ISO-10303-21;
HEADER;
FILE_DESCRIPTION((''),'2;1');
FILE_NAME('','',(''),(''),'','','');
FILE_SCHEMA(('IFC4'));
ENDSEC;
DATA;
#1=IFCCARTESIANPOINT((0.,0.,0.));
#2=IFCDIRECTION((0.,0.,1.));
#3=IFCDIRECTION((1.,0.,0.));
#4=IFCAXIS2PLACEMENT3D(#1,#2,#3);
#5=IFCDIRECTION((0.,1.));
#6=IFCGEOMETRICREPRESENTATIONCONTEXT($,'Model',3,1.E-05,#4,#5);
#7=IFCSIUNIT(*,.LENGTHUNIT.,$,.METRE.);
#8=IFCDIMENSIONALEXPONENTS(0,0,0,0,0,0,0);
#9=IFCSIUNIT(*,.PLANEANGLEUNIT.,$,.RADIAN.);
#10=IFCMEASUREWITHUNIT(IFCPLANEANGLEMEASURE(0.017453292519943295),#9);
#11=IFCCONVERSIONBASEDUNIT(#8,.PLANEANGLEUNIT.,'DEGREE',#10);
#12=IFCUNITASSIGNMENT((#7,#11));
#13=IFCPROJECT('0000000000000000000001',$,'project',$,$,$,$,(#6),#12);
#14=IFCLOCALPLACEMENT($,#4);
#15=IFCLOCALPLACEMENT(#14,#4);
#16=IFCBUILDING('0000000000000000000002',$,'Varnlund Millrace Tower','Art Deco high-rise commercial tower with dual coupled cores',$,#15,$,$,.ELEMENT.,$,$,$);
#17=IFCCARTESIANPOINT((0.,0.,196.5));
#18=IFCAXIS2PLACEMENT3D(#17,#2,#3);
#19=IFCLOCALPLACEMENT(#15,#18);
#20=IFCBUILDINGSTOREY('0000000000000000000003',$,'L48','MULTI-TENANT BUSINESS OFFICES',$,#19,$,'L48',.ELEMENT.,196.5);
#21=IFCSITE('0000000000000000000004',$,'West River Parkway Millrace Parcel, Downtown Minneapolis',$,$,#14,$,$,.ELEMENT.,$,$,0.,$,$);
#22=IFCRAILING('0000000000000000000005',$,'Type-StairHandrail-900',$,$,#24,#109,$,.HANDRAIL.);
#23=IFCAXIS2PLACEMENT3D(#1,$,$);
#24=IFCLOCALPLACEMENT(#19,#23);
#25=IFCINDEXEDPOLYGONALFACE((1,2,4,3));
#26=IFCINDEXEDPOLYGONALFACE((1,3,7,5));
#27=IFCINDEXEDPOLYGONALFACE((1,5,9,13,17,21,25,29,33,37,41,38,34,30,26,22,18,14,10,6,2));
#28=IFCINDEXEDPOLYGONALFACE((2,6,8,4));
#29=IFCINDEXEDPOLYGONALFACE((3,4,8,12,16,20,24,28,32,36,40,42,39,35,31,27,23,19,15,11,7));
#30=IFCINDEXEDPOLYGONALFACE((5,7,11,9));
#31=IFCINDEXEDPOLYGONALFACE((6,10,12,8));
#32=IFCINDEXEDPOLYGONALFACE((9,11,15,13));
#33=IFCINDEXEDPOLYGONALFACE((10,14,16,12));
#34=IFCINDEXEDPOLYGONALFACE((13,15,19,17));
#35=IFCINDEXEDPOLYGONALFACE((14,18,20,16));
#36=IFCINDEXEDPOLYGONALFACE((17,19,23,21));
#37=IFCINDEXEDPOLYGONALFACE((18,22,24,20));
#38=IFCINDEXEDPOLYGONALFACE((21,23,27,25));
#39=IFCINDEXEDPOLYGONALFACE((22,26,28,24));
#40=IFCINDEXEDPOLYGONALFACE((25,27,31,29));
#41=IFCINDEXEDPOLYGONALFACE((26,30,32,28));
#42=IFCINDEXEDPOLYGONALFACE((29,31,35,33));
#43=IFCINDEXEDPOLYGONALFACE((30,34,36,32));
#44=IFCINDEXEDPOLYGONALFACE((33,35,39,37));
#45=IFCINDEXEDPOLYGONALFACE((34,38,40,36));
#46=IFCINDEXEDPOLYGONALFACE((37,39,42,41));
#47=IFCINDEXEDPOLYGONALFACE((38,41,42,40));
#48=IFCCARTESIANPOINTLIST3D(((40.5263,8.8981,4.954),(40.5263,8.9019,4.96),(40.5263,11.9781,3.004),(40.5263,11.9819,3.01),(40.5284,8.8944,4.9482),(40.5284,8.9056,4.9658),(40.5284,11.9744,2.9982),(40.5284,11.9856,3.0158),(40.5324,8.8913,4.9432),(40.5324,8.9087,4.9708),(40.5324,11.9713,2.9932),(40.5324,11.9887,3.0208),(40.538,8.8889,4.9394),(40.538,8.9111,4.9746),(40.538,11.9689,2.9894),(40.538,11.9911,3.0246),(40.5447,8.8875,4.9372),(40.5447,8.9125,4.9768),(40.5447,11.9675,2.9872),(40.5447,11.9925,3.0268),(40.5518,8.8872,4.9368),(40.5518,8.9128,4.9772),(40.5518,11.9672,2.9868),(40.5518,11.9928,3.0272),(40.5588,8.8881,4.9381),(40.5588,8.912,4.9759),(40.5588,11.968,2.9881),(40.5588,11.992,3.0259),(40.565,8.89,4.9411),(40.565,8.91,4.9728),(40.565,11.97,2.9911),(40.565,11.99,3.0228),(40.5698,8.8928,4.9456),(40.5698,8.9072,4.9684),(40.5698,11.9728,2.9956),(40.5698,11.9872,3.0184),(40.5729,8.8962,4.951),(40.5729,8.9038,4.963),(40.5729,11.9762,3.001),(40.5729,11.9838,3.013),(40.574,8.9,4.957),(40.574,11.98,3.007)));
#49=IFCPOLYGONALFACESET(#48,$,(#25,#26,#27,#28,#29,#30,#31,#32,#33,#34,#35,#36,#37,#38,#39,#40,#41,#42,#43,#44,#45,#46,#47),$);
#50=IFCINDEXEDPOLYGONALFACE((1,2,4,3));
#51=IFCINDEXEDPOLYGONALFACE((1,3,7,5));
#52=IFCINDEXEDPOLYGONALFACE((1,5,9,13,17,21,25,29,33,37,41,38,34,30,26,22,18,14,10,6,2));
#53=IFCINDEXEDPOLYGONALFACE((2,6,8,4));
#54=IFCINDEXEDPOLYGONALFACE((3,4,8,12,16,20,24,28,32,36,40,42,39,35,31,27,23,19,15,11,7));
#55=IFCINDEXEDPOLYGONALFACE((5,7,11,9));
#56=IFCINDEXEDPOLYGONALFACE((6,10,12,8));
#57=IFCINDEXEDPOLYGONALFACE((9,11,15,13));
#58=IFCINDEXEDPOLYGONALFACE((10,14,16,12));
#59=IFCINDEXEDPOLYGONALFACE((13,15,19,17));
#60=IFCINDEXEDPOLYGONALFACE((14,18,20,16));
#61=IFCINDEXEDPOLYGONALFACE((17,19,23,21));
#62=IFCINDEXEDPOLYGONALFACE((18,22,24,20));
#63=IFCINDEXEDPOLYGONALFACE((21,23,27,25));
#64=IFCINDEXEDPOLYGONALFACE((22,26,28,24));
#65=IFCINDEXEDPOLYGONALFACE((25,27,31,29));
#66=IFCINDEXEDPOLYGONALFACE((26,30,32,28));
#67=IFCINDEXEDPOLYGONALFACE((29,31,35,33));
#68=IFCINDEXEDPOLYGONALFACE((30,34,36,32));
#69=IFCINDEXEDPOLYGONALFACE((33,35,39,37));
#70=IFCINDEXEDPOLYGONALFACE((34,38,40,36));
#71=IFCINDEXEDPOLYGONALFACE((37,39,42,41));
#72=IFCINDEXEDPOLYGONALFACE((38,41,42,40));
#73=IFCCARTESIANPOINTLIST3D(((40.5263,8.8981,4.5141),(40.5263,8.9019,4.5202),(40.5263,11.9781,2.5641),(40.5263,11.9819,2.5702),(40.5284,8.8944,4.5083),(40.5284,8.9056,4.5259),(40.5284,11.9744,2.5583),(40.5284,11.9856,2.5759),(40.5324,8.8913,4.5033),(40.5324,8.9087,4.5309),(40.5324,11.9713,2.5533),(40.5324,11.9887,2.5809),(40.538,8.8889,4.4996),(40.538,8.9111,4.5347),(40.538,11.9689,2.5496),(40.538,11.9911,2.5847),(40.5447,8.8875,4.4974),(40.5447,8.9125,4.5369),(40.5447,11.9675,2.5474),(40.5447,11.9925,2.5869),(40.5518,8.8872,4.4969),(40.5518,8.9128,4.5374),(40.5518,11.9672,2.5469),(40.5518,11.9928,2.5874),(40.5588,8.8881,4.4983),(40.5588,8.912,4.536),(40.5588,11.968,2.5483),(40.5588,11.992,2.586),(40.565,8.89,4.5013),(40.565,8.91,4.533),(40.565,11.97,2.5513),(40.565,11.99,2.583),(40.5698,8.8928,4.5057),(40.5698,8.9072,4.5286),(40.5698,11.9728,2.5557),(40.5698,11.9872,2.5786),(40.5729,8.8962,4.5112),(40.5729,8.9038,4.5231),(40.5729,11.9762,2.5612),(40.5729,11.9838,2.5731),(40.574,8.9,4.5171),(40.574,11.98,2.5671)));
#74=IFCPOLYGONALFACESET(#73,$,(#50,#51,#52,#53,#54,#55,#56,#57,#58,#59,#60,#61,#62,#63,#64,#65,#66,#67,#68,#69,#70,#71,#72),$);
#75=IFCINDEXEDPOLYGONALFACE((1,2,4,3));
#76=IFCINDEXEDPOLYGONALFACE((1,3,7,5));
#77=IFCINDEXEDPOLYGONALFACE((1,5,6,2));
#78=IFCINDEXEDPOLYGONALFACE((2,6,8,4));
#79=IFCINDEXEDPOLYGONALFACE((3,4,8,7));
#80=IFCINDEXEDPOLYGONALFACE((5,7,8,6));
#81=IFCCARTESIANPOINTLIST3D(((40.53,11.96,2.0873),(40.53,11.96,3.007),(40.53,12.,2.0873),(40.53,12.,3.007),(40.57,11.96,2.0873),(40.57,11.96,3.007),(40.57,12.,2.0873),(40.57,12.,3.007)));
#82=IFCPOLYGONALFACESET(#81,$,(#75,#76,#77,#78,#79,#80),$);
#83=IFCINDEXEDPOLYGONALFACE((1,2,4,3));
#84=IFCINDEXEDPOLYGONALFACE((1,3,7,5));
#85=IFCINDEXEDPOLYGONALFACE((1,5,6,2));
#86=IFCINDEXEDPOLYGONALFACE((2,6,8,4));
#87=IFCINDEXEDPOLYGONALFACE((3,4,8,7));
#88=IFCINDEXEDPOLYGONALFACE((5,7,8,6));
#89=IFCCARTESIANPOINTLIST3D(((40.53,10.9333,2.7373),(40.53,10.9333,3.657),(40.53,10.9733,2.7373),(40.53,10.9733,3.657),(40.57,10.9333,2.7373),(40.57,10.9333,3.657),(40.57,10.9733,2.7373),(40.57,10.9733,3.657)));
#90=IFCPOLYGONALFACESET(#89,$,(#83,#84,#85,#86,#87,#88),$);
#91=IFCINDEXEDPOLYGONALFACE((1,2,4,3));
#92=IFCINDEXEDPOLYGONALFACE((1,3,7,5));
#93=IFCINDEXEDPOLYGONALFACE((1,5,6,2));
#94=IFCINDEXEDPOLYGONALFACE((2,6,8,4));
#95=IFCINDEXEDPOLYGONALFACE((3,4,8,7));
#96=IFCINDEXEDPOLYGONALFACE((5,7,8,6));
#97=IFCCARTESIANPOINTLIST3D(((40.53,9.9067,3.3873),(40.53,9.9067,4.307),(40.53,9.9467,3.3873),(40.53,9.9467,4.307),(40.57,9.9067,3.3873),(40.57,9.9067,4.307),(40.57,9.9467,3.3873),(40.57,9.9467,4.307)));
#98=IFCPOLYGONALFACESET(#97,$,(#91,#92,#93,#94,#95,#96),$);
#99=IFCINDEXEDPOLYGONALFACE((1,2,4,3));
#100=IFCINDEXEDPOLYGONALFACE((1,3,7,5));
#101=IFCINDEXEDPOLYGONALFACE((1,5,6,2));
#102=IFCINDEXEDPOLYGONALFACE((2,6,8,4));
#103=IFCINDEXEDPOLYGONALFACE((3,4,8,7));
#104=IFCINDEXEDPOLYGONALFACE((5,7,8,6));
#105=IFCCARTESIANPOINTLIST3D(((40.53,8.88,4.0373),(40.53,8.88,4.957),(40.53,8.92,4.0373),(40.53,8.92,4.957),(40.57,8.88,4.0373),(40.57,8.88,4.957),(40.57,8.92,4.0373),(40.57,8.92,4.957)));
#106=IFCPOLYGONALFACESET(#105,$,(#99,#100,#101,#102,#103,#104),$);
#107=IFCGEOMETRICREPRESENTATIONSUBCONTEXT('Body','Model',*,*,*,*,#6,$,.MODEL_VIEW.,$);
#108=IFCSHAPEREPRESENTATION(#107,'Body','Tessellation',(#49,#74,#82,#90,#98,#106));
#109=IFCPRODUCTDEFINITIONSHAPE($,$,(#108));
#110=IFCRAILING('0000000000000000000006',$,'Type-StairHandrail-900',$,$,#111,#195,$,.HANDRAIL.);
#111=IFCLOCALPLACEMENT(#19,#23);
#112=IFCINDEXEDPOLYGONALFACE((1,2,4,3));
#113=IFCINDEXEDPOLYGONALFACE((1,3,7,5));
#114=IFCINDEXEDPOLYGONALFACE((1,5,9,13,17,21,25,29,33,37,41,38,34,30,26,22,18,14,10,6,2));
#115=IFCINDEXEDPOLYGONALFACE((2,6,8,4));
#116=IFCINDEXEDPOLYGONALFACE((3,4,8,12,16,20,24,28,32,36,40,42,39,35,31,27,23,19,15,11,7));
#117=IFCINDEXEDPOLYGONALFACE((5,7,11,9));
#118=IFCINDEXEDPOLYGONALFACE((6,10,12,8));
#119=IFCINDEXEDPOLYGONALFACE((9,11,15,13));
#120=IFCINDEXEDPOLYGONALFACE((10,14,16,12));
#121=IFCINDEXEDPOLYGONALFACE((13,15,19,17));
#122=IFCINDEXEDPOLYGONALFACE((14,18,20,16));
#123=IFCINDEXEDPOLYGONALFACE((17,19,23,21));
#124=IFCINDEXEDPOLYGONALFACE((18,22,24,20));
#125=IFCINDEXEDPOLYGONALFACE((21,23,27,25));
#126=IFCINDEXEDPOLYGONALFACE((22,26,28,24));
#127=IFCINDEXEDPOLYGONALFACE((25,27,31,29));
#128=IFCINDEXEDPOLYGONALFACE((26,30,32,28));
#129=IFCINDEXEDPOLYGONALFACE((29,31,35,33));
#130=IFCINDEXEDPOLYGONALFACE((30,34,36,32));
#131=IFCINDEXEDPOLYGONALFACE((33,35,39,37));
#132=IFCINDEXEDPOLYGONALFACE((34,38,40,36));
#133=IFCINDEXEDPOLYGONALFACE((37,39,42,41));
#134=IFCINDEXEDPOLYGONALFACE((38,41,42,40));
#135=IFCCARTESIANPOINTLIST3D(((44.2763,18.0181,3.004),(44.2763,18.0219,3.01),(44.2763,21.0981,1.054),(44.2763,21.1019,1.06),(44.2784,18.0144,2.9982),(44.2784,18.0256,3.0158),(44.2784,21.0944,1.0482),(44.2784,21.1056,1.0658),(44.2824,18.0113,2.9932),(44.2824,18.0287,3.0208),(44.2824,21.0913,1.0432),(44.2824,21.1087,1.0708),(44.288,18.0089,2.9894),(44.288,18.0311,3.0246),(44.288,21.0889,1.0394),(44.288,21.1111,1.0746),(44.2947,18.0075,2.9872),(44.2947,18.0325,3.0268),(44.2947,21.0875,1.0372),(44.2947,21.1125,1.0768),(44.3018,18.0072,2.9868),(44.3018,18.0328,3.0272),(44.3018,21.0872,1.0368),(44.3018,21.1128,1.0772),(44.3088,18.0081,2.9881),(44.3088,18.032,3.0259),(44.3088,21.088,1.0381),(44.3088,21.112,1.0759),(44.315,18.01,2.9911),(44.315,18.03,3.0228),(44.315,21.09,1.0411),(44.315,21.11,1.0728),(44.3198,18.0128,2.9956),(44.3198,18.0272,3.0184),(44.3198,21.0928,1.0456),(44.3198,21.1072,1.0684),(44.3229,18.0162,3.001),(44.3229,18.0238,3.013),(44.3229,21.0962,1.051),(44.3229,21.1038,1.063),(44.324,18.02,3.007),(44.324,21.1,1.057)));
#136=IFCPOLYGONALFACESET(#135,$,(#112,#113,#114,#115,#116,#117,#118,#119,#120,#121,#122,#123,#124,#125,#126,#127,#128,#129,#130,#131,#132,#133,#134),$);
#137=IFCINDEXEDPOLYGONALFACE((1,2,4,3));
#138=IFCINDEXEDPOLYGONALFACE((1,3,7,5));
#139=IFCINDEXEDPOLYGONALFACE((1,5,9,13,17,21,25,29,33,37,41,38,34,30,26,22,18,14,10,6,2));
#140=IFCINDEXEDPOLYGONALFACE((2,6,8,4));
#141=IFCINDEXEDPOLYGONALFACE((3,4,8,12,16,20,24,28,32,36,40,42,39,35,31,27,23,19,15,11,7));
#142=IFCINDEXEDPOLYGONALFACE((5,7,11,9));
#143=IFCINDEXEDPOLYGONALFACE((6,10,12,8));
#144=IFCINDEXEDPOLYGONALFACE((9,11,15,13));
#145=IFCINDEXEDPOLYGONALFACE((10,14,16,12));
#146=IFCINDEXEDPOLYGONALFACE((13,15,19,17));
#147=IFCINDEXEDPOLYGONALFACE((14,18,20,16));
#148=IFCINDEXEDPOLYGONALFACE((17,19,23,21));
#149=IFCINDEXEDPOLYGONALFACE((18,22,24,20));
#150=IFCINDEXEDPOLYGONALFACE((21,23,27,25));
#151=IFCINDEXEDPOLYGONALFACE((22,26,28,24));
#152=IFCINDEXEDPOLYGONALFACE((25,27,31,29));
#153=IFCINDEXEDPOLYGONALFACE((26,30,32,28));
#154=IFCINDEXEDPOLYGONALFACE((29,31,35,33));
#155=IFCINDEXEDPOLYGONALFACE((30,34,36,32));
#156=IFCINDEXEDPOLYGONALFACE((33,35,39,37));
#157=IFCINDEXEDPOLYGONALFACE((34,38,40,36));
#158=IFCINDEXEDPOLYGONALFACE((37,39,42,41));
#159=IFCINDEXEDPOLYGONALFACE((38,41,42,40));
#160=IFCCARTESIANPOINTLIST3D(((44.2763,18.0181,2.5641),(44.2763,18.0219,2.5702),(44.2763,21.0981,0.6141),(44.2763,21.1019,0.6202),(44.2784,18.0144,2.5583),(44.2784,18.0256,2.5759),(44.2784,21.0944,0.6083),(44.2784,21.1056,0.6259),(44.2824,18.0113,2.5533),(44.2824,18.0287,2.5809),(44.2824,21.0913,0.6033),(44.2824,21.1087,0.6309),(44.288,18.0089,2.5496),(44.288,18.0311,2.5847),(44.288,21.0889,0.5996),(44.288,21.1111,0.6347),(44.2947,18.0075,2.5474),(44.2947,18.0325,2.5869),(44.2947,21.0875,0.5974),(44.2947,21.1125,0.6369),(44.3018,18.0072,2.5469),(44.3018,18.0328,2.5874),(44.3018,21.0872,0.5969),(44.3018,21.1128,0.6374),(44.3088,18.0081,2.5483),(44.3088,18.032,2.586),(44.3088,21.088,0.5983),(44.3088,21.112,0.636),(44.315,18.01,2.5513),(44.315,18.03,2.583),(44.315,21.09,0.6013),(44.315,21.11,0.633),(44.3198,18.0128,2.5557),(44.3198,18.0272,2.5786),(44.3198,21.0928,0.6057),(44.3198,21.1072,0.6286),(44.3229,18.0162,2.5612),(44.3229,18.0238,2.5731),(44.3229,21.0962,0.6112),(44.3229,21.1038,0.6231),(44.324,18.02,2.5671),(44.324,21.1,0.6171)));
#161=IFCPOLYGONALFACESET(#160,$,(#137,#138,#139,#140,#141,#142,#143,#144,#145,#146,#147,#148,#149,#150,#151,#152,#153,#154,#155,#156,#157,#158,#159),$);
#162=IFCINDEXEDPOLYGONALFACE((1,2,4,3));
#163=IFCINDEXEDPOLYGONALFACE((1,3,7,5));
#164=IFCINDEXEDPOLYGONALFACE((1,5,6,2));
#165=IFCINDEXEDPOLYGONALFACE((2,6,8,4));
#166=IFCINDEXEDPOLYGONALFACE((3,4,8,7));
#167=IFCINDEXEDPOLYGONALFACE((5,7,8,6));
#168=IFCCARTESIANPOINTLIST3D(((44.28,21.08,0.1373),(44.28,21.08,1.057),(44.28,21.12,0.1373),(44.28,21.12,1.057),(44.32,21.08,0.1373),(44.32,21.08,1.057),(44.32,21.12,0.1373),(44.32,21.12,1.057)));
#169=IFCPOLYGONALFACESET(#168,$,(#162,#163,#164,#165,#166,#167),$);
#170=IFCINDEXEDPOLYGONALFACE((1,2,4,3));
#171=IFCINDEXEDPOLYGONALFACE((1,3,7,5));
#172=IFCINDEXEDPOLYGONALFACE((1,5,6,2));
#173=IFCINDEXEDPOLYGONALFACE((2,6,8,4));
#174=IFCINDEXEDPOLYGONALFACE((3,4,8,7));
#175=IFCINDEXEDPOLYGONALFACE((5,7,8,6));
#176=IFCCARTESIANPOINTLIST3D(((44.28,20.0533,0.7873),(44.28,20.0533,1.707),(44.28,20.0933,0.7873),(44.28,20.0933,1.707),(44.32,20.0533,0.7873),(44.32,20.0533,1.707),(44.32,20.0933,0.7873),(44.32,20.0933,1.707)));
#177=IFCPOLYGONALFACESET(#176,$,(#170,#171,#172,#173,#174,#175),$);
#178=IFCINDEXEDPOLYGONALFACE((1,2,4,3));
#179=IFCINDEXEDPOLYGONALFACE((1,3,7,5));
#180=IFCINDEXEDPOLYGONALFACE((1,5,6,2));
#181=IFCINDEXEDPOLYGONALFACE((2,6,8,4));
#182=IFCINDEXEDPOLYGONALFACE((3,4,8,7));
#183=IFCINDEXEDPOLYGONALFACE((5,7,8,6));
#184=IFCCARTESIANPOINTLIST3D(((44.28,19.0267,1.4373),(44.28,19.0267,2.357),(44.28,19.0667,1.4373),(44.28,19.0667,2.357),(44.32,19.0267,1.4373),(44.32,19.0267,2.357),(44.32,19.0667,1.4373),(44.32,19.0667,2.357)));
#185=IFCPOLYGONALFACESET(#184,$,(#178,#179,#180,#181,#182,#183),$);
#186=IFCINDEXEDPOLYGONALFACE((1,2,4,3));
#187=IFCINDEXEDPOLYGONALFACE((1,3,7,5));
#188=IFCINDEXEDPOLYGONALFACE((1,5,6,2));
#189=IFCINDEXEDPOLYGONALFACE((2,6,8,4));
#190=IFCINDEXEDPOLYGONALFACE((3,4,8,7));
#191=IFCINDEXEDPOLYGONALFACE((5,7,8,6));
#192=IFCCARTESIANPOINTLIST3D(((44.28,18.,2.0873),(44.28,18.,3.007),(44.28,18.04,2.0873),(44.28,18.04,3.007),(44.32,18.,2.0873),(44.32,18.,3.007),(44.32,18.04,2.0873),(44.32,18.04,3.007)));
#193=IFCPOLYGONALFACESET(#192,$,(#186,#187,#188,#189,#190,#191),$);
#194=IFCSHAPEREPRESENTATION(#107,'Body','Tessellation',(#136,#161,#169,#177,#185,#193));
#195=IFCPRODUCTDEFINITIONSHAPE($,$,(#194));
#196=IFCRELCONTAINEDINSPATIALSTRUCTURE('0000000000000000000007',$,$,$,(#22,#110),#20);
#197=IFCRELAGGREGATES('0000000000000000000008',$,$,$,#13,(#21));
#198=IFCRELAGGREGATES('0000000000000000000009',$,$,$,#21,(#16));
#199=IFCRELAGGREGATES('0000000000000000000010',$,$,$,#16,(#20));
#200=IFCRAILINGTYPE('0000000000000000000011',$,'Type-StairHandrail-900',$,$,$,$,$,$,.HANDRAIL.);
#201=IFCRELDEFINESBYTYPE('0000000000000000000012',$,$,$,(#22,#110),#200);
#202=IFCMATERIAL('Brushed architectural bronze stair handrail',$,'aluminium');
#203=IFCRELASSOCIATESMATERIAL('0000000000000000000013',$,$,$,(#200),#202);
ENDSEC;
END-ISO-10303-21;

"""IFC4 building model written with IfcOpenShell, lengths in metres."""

from ifc_helpers import new_model, entity, si_unit, converted_unit, direction, frame, origin_with_axes, origin_2d_with_axis, place, context, subcontext, project, spatial, rectangle, circle, extrude, material, type_object, element, save


model = new_model("IFC4")

# Units and contexts
model_context = context("Model", 3, precision=1e-05, world=origin_with_axes(), true_north=direction((0.0, 1.0)))
body_context = subcontext(model_context, "Body", "Model", "MODEL_VIEW")
ifc_project = project(units=[si_unit("LENGTHUNIT", "METRE"), converted_unit("PLANEANGLEUNIT", "DEGREE", entity("IfcPlaneAngleMeasure", 0.017453292519943295), si_unit("PLANEANGLEUNIT", "RADIAN"), dimensions=[0, 0, 0, 0, 0, 0, 0])], contexts=[model_context])

# Site, building, storey
site_placement = place(None, origin_with_axes())
site = spatial("IfcSite", under=ifc_project, at=site_placement, Name="West River Parkway Millrace Parcel, Downtown Minneapolis", CompositionType="ELEMENT", RefElevation=0.0)
building_placement = place(site_placement, origin_with_axes())
building = spatial("IfcBuilding", under=site, at=building_placement, Name="Varnlund Millrace Tower", Description="Art Deco high-rise commercial tower with dual coupled cores", CompositionType="ELEMENT")
storey_placement = place(building_placement, frame((0.0, 0.0, 196.5), z_axis=(0.0, 0.0, 1.0), x_axis=(1.0, 0.0, 0.0)))
storey = spatial("IfcBuildingStorey", under=building, at=storey_placement, Name="L48", Description="MULTI-TENANT BUSINESS OFFICES", LongName="L48", CompositionType="ELEMENT", Elevation=196.5)

# Railings
ifc_material_1 = material(Name="Brushed architectural bronze stair handrail", Category="aluminium")
railing_type_1 = type_object("IfcRailingType", Name="Type-StairHandrail-900", PredefinedType="HANDRAIL", material=ifc_material_1)
railing_1_placement = place(storey_placement, frame((0.0, 0.0, -196.5), z_axis=(0.0, 0.0, 1.0), x_axis=(1.0, 0.0, 0.0)))
element("IfcRailing", 1, at=railing_1_placement, inside=storey, type_object=railing_type_1, Name="Type-StairHandrail-900", PredefinedType="HANDRAIL", context=body_context, shape_type="SweptSolid", body=[
    extrude(circle(Radius=0.024, at=origin_2d_with_axis()), frame((40.55, 11.98, 199.507), z_axis=(0.0, -0.844902, 0.534922), x_axis=(1.0, 0.0, 0.0)), (0.0, 0.0, 1.0), 3.6454),
    extrude(circle(Radius=0.024, at=origin_2d_with_axis()), frame((40.55, 11.98, 199.0671), z_axis=(0.0, -0.844902, 0.534922), x_axis=(1.0, 0.0, 0.0)), (0.0, 0.0, 1.0), 3.6454),
    extrude(rectangle(XDim=0.04, YDim=0.04, at=origin_2d_with_axis()), frame((40.55, 11.98, 198.5873), z_axis=(0.0, 0.0, 1.0), x_axis=(1.0, 0.0, 0.0)), (0.0, 0.0, 1.0), 0.9197),
    extrude(rectangle(XDim=0.04, YDim=0.04, at=origin_2d_with_axis()), frame((40.55, 10.9533, 199.2373), z_axis=(0.0, 0.0, 1.0), x_axis=(1.0, 0.0, 0.0)), (0.0, 0.0, 1.0), 0.9197),
    extrude(rectangle(XDim=0.04, YDim=0.04, at=origin_2d_with_axis()), frame((40.55, 9.9267, 199.8873), z_axis=(0.0, 0.0, 1.0), x_axis=(1.0, 0.0, 0.0)), (0.0, 0.0, 1.0), 0.9197),
    extrude(rectangle(XDim=0.04, YDim=0.04, at=origin_2d_with_axis()), frame((40.55, 8.9, 200.5373), z_axis=(0.0, 0.0, 1.0), x_axis=(1.0, 0.0, 0.0)), (0.0, 0.0, 1.0), 0.9197),
])
railing_2_placement = place(storey_placement, frame((0.0, 0.0, -196.5), z_axis=(0.0, 0.0, 1.0), x_axis=(1.0, 0.0, 0.0)))
element("IfcRailing", 2, at=railing_2_placement, inside=storey, type_object=railing_type_1, Name="Type-StairHandrail-900", PredefinedType="HANDRAIL", context=body_context, shape_type="SweptSolid", body=[
    extrude(circle(Radius=0.024, at=origin_2d_with_axis()), frame((44.3, 21.1, 197.557), z_axis=(0.0, -0.844902, 0.534922), x_axis=(1.0, 0.0, 0.0)), (0.0, 0.0, 1.0), 3.6454),
    extrude(circle(Radius=0.024, at=origin_2d_with_axis()), frame((44.3, 21.1, 197.1171), z_axis=(0.0, -0.844902, 0.534922), x_axis=(1.0, 0.0, 0.0)), (0.0, 0.0, 1.0), 3.6454),
    extrude(rectangle(XDim=0.04, YDim=0.04, at=origin_2d_with_axis()), frame((44.3, 21.1, 196.6373), z_axis=(0.0, 0.0, 1.0), x_axis=(1.0, 0.0, 0.0)), (0.0, 0.0, 1.0), 0.9197),
    extrude(rectangle(XDim=0.04, YDim=0.04, at=origin_2d_with_axis()), frame((44.3, 20.0733, 197.2873), z_axis=(0.0, 0.0, 1.0), x_axis=(1.0, 0.0, 0.0)), (0.0, 0.0, 1.0), 0.9197),
    extrude(rectangle(XDim=0.04, YDim=0.04, at=origin_2d_with_axis()), frame((44.3, 19.0467, 197.9373), z_axis=(0.0, 0.0, 1.0), x_axis=(1.0, 0.0, 0.0)), (0.0, 0.0, 1.0), 0.9197),
    extrude(rectangle(XDim=0.04, YDim=0.04, at=origin_2d_with_axis()), frame((44.3, 18.02, 198.5873), z_axis=(0.0, 0.0, 1.0), x_axis=(1.0, 0.0, 0.0)), (0.0, 0.0, 1.0), 0.9197),
])

save(model, "model.ifc")
